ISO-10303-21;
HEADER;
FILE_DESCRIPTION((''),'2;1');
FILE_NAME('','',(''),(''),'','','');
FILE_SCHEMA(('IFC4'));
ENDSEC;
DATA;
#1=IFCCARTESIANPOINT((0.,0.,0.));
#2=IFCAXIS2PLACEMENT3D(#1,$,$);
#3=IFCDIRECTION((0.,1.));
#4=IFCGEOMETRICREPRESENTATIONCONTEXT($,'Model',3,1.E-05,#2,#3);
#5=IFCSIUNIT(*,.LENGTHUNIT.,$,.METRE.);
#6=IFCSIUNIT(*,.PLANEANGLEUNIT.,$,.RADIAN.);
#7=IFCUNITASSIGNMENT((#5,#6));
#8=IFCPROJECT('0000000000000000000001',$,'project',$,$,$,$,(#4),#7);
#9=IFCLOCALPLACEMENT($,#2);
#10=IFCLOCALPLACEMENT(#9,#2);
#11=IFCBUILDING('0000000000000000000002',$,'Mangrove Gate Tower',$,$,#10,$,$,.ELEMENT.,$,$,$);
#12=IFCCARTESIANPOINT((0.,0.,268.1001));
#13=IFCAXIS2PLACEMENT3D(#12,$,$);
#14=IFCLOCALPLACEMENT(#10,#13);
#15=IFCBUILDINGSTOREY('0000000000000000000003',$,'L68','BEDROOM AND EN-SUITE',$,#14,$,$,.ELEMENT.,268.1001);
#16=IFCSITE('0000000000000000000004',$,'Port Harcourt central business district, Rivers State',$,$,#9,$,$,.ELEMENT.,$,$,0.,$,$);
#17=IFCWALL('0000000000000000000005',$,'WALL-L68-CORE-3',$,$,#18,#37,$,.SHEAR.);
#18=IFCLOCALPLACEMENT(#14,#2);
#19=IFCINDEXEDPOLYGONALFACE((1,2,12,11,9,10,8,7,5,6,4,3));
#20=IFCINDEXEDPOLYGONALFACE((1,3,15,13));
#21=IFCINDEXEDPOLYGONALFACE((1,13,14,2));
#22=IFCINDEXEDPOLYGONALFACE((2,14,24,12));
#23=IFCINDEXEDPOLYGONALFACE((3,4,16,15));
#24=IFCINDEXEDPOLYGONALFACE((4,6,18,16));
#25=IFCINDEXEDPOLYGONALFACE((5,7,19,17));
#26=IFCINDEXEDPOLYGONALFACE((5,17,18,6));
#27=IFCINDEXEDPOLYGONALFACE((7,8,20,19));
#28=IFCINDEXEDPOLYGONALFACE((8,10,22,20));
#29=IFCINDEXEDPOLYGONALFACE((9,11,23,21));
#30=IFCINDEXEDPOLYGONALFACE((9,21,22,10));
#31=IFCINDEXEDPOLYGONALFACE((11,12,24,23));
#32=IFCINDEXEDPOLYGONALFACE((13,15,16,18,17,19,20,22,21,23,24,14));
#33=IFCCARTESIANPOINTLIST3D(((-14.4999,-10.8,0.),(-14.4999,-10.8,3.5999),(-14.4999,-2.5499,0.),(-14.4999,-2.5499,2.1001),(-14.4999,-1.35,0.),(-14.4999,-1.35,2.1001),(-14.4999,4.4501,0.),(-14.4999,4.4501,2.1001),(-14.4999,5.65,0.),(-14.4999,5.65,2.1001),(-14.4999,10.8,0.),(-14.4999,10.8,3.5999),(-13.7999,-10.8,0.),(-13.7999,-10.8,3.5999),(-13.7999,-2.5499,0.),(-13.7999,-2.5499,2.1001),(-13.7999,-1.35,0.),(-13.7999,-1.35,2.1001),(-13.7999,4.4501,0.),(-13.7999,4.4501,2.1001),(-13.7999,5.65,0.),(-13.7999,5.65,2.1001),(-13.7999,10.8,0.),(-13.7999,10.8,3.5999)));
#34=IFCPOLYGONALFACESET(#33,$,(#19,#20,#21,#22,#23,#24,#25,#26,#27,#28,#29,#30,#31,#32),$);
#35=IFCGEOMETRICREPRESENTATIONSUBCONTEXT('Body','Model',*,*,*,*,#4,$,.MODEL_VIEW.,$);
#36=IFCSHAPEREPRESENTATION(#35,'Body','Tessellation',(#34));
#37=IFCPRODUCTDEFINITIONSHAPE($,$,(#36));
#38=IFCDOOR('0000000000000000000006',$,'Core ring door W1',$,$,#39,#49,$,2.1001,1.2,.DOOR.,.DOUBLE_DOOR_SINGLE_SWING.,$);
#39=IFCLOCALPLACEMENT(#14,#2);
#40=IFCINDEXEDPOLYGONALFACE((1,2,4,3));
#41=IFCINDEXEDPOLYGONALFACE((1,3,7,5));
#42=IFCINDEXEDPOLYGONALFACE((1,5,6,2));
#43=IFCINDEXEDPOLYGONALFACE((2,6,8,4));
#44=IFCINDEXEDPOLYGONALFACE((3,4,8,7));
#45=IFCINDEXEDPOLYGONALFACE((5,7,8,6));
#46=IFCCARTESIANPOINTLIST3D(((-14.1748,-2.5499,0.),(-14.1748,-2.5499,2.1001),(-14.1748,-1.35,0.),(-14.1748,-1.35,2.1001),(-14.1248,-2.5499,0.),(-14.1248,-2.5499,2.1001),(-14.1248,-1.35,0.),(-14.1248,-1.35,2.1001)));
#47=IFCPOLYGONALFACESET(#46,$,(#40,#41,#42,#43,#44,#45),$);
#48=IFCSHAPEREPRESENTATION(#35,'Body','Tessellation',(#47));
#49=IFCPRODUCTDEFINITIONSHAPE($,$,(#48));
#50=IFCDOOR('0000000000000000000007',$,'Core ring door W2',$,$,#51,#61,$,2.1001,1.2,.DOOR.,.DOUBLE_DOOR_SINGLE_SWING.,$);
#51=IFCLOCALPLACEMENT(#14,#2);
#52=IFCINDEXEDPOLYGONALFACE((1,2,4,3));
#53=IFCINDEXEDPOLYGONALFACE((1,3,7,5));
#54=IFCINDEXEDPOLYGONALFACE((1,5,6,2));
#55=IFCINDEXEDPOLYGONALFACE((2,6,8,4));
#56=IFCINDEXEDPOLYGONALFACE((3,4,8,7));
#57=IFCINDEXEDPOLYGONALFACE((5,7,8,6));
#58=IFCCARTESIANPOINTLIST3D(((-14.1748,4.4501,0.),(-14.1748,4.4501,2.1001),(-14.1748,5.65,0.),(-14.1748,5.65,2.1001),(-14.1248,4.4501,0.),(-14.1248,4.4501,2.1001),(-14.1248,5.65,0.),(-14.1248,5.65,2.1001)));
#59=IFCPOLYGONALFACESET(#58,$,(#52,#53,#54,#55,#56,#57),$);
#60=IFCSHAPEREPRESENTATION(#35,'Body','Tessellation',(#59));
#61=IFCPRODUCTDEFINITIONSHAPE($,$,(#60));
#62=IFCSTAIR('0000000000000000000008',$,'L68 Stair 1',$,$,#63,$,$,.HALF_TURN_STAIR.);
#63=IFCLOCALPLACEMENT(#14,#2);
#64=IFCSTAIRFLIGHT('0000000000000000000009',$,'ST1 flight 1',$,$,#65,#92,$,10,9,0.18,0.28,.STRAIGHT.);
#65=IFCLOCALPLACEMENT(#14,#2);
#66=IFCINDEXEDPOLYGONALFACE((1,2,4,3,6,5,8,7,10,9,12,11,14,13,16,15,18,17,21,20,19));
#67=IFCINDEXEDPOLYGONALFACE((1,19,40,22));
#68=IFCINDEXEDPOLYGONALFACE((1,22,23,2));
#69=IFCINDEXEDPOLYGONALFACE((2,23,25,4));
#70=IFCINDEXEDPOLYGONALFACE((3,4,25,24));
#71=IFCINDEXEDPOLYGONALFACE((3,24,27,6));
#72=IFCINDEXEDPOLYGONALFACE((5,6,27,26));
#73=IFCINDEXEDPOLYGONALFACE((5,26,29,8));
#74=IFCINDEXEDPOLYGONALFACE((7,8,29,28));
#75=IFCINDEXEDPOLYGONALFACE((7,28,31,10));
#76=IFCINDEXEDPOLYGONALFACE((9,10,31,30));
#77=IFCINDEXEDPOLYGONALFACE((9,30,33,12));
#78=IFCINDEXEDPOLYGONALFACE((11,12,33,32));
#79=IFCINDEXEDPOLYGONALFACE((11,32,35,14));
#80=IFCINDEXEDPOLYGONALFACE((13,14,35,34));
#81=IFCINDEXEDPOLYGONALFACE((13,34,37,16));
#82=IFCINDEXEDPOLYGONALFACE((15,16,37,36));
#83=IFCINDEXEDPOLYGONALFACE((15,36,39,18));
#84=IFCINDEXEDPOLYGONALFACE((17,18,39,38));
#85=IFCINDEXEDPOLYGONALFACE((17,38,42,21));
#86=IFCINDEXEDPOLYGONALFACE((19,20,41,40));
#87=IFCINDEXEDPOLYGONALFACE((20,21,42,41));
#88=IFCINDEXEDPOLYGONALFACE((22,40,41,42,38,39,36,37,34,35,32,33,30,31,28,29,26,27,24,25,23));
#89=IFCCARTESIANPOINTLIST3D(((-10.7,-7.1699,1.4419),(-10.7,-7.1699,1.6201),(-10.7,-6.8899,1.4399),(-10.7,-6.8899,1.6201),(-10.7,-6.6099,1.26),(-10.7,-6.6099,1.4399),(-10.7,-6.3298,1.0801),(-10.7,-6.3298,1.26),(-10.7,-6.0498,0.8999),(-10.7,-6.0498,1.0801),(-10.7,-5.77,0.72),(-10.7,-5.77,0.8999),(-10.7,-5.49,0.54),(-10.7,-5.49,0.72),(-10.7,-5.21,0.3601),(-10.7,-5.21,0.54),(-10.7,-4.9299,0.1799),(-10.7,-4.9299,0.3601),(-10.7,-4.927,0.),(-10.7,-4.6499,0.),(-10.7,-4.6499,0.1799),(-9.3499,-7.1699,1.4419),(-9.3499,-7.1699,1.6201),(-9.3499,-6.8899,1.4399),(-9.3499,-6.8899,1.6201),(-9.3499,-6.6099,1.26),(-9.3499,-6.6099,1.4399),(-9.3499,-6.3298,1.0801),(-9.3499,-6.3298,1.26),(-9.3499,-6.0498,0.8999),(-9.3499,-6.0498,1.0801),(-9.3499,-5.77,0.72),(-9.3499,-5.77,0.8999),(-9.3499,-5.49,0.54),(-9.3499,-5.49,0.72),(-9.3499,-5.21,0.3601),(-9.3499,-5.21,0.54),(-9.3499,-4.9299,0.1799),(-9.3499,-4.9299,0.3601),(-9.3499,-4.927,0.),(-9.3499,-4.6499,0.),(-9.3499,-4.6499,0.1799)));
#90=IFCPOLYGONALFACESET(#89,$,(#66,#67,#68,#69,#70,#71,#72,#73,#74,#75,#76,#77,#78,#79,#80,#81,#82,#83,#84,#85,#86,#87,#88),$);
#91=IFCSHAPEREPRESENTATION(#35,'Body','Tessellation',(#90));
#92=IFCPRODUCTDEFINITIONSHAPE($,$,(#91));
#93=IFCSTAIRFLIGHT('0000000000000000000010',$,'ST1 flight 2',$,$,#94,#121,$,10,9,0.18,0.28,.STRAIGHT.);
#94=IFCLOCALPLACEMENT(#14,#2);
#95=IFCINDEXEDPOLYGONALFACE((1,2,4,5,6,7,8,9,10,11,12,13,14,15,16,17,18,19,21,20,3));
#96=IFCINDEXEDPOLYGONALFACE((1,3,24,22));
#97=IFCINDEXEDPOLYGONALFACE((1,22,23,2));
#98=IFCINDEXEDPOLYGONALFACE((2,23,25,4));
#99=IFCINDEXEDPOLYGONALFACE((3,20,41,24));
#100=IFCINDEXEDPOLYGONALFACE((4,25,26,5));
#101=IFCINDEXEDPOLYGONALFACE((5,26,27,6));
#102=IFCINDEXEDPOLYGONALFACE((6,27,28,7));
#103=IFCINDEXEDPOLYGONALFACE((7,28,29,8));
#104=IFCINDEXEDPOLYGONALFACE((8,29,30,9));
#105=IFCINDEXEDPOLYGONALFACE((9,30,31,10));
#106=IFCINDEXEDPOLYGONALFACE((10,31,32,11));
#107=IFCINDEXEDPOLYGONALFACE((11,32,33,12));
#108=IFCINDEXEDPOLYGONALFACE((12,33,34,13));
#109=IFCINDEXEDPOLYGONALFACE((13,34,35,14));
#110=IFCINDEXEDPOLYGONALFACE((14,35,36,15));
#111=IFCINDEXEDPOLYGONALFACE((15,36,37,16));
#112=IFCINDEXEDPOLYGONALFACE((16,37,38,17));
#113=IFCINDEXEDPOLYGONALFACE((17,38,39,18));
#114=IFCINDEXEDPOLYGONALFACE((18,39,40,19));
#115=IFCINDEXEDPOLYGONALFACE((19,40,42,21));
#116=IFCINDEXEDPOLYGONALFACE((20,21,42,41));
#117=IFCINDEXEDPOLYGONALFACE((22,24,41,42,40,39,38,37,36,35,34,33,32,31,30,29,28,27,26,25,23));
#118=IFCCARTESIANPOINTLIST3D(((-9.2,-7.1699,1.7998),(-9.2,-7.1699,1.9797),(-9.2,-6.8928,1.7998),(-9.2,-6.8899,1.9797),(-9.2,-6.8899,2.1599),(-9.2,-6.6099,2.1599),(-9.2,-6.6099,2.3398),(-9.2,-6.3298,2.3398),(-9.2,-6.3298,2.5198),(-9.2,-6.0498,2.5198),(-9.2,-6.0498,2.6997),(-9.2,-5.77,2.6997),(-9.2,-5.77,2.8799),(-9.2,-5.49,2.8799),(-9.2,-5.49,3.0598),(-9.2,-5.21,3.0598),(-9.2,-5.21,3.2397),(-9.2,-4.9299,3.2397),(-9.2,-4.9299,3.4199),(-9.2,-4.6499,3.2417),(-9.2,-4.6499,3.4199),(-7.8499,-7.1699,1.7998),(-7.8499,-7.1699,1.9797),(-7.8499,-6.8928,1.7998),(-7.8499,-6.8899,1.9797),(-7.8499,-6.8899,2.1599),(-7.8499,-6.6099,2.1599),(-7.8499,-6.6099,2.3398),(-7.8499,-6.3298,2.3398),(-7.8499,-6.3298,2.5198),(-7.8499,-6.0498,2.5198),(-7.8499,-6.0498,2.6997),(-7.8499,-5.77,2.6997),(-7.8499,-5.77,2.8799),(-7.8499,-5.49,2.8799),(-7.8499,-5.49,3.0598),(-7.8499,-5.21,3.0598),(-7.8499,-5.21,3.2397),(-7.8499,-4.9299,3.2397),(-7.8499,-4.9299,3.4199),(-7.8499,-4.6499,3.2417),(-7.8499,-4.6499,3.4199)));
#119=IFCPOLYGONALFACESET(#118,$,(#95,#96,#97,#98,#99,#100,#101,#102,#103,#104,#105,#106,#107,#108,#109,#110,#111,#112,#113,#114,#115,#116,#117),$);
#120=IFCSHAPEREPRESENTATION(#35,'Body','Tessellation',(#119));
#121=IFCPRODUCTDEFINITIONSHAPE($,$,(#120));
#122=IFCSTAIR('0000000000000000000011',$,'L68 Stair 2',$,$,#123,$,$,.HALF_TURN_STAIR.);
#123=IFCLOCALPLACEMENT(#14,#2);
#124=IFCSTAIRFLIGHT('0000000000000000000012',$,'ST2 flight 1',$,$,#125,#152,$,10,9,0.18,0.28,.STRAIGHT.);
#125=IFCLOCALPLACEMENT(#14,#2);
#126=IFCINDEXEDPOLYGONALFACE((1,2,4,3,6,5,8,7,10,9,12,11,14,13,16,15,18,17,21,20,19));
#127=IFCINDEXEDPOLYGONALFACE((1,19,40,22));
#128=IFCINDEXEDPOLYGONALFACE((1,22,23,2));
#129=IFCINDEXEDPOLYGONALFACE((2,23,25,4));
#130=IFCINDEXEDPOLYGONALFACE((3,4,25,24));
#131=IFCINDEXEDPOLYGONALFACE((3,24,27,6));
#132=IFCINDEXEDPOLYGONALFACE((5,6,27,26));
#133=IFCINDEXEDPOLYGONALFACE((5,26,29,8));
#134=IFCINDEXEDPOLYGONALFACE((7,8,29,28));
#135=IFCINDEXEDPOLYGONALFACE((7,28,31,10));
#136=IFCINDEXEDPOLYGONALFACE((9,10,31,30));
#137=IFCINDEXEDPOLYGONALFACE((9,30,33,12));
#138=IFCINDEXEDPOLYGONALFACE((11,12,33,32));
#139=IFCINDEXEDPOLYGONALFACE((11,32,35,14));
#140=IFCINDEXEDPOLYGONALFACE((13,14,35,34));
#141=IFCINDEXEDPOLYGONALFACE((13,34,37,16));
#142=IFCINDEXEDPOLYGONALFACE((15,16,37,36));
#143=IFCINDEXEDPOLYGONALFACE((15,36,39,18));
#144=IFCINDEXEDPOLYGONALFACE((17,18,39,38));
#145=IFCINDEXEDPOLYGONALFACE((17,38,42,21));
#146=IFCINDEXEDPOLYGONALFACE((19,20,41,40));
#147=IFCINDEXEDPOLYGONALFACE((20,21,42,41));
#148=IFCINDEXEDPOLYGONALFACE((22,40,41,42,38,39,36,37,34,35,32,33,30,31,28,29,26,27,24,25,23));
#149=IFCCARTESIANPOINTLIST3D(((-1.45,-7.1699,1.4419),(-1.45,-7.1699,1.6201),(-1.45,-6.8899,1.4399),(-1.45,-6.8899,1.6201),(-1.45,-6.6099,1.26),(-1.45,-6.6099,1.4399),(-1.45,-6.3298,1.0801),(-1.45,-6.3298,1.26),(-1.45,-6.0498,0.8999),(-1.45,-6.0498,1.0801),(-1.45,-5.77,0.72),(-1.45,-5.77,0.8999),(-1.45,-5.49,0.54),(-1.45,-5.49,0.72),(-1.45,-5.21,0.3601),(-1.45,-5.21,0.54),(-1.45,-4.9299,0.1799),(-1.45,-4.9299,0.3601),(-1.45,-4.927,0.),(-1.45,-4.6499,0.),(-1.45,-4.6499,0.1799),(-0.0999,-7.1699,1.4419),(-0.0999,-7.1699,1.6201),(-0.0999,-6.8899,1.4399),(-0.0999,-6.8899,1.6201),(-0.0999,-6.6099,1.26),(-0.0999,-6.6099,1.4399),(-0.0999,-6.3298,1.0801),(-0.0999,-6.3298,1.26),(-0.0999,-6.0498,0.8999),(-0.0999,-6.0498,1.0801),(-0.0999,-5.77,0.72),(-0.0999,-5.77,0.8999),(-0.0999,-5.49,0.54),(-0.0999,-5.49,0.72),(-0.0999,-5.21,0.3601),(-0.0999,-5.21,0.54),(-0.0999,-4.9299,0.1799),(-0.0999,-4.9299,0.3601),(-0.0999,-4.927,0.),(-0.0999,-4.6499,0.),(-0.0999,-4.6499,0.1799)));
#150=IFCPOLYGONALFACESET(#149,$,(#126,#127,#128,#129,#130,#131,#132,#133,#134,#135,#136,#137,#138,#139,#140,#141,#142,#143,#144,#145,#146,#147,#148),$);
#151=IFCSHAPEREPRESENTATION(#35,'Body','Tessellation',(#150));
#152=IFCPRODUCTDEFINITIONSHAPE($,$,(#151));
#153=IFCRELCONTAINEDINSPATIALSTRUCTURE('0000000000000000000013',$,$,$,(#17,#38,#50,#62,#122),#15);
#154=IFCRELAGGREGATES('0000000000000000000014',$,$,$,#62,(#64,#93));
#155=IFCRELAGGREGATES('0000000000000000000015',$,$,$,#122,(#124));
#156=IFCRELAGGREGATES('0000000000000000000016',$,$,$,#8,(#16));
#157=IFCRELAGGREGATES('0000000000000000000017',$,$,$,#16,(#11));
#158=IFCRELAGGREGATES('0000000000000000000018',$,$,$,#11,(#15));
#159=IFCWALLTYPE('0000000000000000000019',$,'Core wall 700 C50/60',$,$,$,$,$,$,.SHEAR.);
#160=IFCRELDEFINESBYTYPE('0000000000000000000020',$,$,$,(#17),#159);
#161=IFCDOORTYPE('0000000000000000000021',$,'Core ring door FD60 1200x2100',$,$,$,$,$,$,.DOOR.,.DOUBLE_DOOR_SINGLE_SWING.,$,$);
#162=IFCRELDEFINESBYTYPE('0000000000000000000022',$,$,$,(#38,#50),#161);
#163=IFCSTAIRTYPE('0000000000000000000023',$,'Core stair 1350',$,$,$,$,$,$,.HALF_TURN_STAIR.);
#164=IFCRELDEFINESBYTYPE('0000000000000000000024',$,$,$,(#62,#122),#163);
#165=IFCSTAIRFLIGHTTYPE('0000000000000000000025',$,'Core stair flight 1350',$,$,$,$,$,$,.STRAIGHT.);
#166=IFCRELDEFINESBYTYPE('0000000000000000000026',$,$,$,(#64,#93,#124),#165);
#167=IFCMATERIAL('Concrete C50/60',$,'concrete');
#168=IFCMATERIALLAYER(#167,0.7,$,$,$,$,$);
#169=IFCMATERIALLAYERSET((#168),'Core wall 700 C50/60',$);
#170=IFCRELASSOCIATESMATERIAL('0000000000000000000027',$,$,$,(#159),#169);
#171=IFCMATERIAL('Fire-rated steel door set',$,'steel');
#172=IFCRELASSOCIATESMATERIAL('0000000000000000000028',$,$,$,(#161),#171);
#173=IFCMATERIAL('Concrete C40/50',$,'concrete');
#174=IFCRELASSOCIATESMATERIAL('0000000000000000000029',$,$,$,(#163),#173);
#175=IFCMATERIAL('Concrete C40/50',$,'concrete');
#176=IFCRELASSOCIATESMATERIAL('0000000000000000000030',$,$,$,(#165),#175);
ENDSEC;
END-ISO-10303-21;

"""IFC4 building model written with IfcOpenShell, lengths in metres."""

from ifc_helpers import new_model, si_unit, direction, frame, frame_2d, origin, place, context, subcontext, project, spatial, polyline, rectangle, outline, extrude, material, layer, layer_set, type_object, element, fill, aggregate, save


model = new_model("IFC4")

# Units and contexts
model_context = context("Model", 3, precision=1e-05, world=origin(), true_north=direction((0.0, 1.0)))
body_context = subcontext(model_context, "Body", "Model", "MODEL_VIEW")
ifc_project = project(units=[si_unit("LENGTHUNIT", "METRE"), si_unit("PLANEANGLEUNIT", "RADIAN")], contexts=[model_context])

# Site, building, storey
site_placement = place(None, origin())
site = spatial("IfcSite", under=ifc_project, at=site_placement, Name="Port Harcourt central business district, Rivers State", CompositionType="ELEMENT", RefElevation=0.0)
building_placement = place(site_placement, origin())
building = spatial("IfcBuilding", under=site, at=building_placement, Name="Mangrove Gate Tower", CompositionType="ELEMENT")
storey_placement = place(building_placement, frame((0.0, 0.0, 268.1001)))
storey = spatial("IfcBuildingStorey", under=building, at=storey_placement, Name="L68", Description="BEDROOM AND EN-SUITE", CompositionType="ELEMENT", Elevation=268.1001)

# Shared definitions
ifc_material_1 = material(Name="Concrete C50/60", Category="concrete")
ifc_layer_1 = layer(ifc_material_1, 0.7)
ifc_layer_set_1 = layer_set([ifc_layer_1], Name="Core wall 700 C50/60")
wall_type_1 = type_object("IfcWallType", Name="Core wall 700 C50/60", PredefinedType="SHEAR", material=ifc_layer_set_1)

# Wall, openings, doors
wall_1_placement = place(storey_placement, frame((-14.1499, -10.8, 0.0), z_axis=(0.0, 0.0, 1.0), x_axis=(0.0, 1.0, 0.0)))
wall_1 = element("IfcWall", 1, at=wall_1_placement, inside=storey, type_object=wall_type_1, Name="WALL-L68-CORE-3", PredefinedType="SHEAR", context=body_context, shape_type="SweptSolid", body=[
    extrude(rectangle(XDim=21.6001, YDim=0.7, at=frame_2d((10.8, 0.0))), origin(), (0.0, 0.0, 1.0), 3.5999),
])
opening_1_placement = place(wall_1_placement, frame((8.25, 0.0, 0.0)))
opening_1 = element("IfcOpeningElement", 2, at=opening_1_placement, cuts=wall_1, PredefinedType="OPENING", context=body_context, shape_type="SweptSolid", body=[
    extrude(rectangle(XDim=1.2, YDim=2.1001, at=frame_2d((0.6001, 1.05))), frame((0.0, 0.3599, 0.0), z_axis=(0.0, -1.0, 0.0), x_axis=(1.0, 0.0, 0.0)), (0.0, 0.0, 1.0), 0.72),
])
opening_2_placement = place(wall_1_placement, frame((15.25, 0.0, 0.0)))
opening_2 = element("IfcOpeningElement", 3, at=opening_2_placement, cuts=wall_1, PredefinedType="OPENING", context=body_context, shape_type="SweptSolid", body=[
    extrude(rectangle(XDim=1.2, YDim=2.1001, at=frame_2d((0.6001, 1.05))), frame((0.0, 0.3599, 0.0), z_axis=(0.0, -1.0, 0.0), x_axis=(1.0, 0.0, 0.0)), (0.0, 0.0, 1.0), 0.72),
])
ifc_material_2 = material(Name="Fire-rated steel door set", Category="steel")
door_type_1 = type_object("IfcDoorType", Name="Core ring door FD60 1200x2100", OperationType="DOUBLE_DOOR_SINGLE_SWING", PredefinedType="DOOR", material=ifc_material_2)
door_1_placement = place(opening_1_placement, origin())
door_1 = element("IfcDoor", 4, at=door_1_placement, inside=storey, type_object=door_type_1, Name="Core ring door W1", OperationType="DOUBLE_DOOR_SINGLE_SWING", OverallHeight=2.1001, OverallWidth=1.2, PredefinedType="DOOR", context=body_context, shape_type="SweptSolid", body=[
    extrude(rectangle(XDim=1.2, YDim=2.1001, at=frame_2d((0.6001, 1.05))), frame((0.0, 0.0249, 0.0), z_axis=(0.0, -1.0, 0.0), x_axis=(1.0, 0.0, 0.0)), (0.0, 0.0, 1.0), 0.05),
])
fill(opening_1, door_1)
door_2_placement = place(opening_2_placement, origin())
door_2 = element("IfcDoor", 5, at=door_2_placement, inside=storey, type_object=door_type_1, Name="Core ring door W2", OperationType="DOUBLE_DOOR_SINGLE_SWING", OverallHeight=2.1001, OverallWidth=1.2, PredefinedType="DOOR", context=body_context, shape_type="SweptSolid", body=[
    extrude(rectangle(XDim=1.2, YDim=2.1001, at=frame_2d((0.6001, 1.05))), frame((0.0, 0.0249, 0.0), z_axis=(0.0, -1.0, 0.0), x_axis=(1.0, 0.0, 0.0)), (0.0, 0.0, 1.0), 0.05),
])
fill(opening_2, door_2)

# Stair, stair flights
ifc_material_3 = material(Name="Concrete C40/50", Category="concrete")
stair_type = type_object("IfcStairType", Name="Core stair 1350", PredefinedType="HALF_TURN_STAIR", material=ifc_material_3)
stair_1_placement = place(storey_placement, origin())
stair_1 = element("IfcStair", 6, at=stair_1_placement, inside=storey, type_object=stair_type, Name="L68 Stair 1", PredefinedType="HALF_TURN_STAIR")
ifc_material_4 = material(Name="Concrete C40/50", Category="concrete")
stair_flight_type = type_object("IfcStairFlightType", Name="Core stair flight 1350", PredefinedType="STRAIGHT", material=ifc_material_4)
stair_flight_1_placement = place(storey_placement, frame((-10.0249, -4.6499, 0.0), z_axis=(0.0, 0.0, 1.0), x_axis=(0.0, -1.0, 0.0)))
stair_flight_1 = element("IfcStairFlight", 7, at=stair_flight_1_placement, type_object=stair_flight_type, Name="ST1 flight 1", NumberOfRisers=10, NumberOfTreads=9, PredefinedType="STRAIGHT", RiserHeight=0.18, TreadLength=0.28, context=body_context, shape_type="SweptSolid", body=[
    extrude(outline(polyline([(0.0, 0.0), (0.0, 0.1799), (0.28, 0.1799), (0.28, 0.3601), (0.5601, 0.3601), (0.5601, 0.54), (0.8401, 0.54), (0.8401, 0.72), (1.1201, 0.72), (1.1201, 0.8999), (1.3999, 0.8999), (1.3999, 1.0801), (1.6799, 1.0801), (1.6799, 1.26), (1.96, 1.26), (1.96, 1.4399), (2.24, 1.4399), (2.24, 1.6201), (2.52, 1.6201), (2.52, 1.8), (2.52, 1.4419), (0.2771, 0.0), (0.0, 0.0)])), frame((0.0, 0.675, 0.0), z_axis=(0.0, -1.0, 0.0), x_axis=(1.0, 0.0, 0.0)), (0.0, 0.0, 1.0), 1.3501),
])
stair_flight_2_placement = place(storey_placement, frame((-8.5249, -7.1699, 1.7998), z_axis=(0.0, 0.0, 1.0), x_axis=(0.0, 1.0, 0.0)))
stair_flight_2 = element("IfcStairFlight", 8, at=stair_flight_2_placement, type_object=stair_flight_type, Name="ST1 flight 2", NumberOfRisers=10, NumberOfTreads=9, PredefinedType="STRAIGHT", RiserHeight=0.18, TreadLength=0.28, context=body_context, shape_type="SweptSolid", body=[
    extrude(outline(polyline([(0.0, 0.0), (0.0, 0.1799), (0.28, 0.1799), (0.28, 0.3601), (0.5601, 0.3601), (0.5601, 0.54), (0.8401, 0.54), (0.8401, 0.72), (1.1201, 0.72), (1.1201, 0.8999), (1.3999, 0.8999), (1.3999, 1.0801), (1.6799, 1.0801), (1.6799, 1.26), (1.96, 1.26), (1.96, 1.4399), (2.24, 1.4399), (2.24, 1.6201), (2.52, 1.6201), (2.52, 1.8), (2.52, 1.4419), (0.2771, 0.0), (0.0, 0.0)])), frame((0.0, 0.675, 0.0), z_axis=(0.0, -1.0, 0.0), x_axis=(1.0, 0.0, 0.0)), (0.0, 0.0, 1.0), 1.3501),
])
aggregate(stair_1, [stair_flight_1, stair_flight_2])

# Stair, stair flight
stair_2_placement = place(storey_placement, origin())
stair_2 = element("IfcStair", 9, at=stair_2_placement, inside=storey, type_object=stair_type, Name="L68 Stair 2", PredefinedType="HALF_TURN_STAIR")
stair_flight_3_placement = place(storey_placement, frame((-0.7749, -4.6499, 0.0), z_axis=(0.0, 0.0, 1.0), x_axis=(0.0, -1.0, 0.0)))
stair_flight_3 = element("IfcStairFlight", 10, at=stair_flight_3_placement, type_object=stair_flight_type, Name="ST2 flight 1", NumberOfRisers=10, NumberOfTreads=9, PredefinedType="STRAIGHT", RiserHeight=0.18, TreadLength=0.28, context=body_context, shape_type="SweptSolid", body=[
    extrude(outline(polyline([(0.0, 0.0), (0.0, 0.1799), (0.28, 0.1799), (0.28, 0.3601), (0.5601, 0.3601), (0.5601, 0.54), (0.8401, 0.54), (0.8401, 0.72), (1.1201, 0.72), (1.1201, 0.8999), (1.3999, 0.8999), (1.3999, 1.0801), (1.6799, 1.0801), (1.6799, 1.26), (1.96, 1.26), (1.96, 1.4399), (2.24, 1.4399), (2.24, 1.6201), (2.52, 1.6201), (2.52, 1.8), (2.52, 1.4419), (0.2771, 0.0), (0.0, 0.0)])), frame((0.0, 0.675, 0.0), z_axis=(0.0, -1.0, 0.0), x_axis=(1.0, 0.0, 0.0)), (0.0, 0.0, 1.0), 1.3501),
])
aggregate(stair_2, [stair_flight_3])

save(model, "model.ifc")
